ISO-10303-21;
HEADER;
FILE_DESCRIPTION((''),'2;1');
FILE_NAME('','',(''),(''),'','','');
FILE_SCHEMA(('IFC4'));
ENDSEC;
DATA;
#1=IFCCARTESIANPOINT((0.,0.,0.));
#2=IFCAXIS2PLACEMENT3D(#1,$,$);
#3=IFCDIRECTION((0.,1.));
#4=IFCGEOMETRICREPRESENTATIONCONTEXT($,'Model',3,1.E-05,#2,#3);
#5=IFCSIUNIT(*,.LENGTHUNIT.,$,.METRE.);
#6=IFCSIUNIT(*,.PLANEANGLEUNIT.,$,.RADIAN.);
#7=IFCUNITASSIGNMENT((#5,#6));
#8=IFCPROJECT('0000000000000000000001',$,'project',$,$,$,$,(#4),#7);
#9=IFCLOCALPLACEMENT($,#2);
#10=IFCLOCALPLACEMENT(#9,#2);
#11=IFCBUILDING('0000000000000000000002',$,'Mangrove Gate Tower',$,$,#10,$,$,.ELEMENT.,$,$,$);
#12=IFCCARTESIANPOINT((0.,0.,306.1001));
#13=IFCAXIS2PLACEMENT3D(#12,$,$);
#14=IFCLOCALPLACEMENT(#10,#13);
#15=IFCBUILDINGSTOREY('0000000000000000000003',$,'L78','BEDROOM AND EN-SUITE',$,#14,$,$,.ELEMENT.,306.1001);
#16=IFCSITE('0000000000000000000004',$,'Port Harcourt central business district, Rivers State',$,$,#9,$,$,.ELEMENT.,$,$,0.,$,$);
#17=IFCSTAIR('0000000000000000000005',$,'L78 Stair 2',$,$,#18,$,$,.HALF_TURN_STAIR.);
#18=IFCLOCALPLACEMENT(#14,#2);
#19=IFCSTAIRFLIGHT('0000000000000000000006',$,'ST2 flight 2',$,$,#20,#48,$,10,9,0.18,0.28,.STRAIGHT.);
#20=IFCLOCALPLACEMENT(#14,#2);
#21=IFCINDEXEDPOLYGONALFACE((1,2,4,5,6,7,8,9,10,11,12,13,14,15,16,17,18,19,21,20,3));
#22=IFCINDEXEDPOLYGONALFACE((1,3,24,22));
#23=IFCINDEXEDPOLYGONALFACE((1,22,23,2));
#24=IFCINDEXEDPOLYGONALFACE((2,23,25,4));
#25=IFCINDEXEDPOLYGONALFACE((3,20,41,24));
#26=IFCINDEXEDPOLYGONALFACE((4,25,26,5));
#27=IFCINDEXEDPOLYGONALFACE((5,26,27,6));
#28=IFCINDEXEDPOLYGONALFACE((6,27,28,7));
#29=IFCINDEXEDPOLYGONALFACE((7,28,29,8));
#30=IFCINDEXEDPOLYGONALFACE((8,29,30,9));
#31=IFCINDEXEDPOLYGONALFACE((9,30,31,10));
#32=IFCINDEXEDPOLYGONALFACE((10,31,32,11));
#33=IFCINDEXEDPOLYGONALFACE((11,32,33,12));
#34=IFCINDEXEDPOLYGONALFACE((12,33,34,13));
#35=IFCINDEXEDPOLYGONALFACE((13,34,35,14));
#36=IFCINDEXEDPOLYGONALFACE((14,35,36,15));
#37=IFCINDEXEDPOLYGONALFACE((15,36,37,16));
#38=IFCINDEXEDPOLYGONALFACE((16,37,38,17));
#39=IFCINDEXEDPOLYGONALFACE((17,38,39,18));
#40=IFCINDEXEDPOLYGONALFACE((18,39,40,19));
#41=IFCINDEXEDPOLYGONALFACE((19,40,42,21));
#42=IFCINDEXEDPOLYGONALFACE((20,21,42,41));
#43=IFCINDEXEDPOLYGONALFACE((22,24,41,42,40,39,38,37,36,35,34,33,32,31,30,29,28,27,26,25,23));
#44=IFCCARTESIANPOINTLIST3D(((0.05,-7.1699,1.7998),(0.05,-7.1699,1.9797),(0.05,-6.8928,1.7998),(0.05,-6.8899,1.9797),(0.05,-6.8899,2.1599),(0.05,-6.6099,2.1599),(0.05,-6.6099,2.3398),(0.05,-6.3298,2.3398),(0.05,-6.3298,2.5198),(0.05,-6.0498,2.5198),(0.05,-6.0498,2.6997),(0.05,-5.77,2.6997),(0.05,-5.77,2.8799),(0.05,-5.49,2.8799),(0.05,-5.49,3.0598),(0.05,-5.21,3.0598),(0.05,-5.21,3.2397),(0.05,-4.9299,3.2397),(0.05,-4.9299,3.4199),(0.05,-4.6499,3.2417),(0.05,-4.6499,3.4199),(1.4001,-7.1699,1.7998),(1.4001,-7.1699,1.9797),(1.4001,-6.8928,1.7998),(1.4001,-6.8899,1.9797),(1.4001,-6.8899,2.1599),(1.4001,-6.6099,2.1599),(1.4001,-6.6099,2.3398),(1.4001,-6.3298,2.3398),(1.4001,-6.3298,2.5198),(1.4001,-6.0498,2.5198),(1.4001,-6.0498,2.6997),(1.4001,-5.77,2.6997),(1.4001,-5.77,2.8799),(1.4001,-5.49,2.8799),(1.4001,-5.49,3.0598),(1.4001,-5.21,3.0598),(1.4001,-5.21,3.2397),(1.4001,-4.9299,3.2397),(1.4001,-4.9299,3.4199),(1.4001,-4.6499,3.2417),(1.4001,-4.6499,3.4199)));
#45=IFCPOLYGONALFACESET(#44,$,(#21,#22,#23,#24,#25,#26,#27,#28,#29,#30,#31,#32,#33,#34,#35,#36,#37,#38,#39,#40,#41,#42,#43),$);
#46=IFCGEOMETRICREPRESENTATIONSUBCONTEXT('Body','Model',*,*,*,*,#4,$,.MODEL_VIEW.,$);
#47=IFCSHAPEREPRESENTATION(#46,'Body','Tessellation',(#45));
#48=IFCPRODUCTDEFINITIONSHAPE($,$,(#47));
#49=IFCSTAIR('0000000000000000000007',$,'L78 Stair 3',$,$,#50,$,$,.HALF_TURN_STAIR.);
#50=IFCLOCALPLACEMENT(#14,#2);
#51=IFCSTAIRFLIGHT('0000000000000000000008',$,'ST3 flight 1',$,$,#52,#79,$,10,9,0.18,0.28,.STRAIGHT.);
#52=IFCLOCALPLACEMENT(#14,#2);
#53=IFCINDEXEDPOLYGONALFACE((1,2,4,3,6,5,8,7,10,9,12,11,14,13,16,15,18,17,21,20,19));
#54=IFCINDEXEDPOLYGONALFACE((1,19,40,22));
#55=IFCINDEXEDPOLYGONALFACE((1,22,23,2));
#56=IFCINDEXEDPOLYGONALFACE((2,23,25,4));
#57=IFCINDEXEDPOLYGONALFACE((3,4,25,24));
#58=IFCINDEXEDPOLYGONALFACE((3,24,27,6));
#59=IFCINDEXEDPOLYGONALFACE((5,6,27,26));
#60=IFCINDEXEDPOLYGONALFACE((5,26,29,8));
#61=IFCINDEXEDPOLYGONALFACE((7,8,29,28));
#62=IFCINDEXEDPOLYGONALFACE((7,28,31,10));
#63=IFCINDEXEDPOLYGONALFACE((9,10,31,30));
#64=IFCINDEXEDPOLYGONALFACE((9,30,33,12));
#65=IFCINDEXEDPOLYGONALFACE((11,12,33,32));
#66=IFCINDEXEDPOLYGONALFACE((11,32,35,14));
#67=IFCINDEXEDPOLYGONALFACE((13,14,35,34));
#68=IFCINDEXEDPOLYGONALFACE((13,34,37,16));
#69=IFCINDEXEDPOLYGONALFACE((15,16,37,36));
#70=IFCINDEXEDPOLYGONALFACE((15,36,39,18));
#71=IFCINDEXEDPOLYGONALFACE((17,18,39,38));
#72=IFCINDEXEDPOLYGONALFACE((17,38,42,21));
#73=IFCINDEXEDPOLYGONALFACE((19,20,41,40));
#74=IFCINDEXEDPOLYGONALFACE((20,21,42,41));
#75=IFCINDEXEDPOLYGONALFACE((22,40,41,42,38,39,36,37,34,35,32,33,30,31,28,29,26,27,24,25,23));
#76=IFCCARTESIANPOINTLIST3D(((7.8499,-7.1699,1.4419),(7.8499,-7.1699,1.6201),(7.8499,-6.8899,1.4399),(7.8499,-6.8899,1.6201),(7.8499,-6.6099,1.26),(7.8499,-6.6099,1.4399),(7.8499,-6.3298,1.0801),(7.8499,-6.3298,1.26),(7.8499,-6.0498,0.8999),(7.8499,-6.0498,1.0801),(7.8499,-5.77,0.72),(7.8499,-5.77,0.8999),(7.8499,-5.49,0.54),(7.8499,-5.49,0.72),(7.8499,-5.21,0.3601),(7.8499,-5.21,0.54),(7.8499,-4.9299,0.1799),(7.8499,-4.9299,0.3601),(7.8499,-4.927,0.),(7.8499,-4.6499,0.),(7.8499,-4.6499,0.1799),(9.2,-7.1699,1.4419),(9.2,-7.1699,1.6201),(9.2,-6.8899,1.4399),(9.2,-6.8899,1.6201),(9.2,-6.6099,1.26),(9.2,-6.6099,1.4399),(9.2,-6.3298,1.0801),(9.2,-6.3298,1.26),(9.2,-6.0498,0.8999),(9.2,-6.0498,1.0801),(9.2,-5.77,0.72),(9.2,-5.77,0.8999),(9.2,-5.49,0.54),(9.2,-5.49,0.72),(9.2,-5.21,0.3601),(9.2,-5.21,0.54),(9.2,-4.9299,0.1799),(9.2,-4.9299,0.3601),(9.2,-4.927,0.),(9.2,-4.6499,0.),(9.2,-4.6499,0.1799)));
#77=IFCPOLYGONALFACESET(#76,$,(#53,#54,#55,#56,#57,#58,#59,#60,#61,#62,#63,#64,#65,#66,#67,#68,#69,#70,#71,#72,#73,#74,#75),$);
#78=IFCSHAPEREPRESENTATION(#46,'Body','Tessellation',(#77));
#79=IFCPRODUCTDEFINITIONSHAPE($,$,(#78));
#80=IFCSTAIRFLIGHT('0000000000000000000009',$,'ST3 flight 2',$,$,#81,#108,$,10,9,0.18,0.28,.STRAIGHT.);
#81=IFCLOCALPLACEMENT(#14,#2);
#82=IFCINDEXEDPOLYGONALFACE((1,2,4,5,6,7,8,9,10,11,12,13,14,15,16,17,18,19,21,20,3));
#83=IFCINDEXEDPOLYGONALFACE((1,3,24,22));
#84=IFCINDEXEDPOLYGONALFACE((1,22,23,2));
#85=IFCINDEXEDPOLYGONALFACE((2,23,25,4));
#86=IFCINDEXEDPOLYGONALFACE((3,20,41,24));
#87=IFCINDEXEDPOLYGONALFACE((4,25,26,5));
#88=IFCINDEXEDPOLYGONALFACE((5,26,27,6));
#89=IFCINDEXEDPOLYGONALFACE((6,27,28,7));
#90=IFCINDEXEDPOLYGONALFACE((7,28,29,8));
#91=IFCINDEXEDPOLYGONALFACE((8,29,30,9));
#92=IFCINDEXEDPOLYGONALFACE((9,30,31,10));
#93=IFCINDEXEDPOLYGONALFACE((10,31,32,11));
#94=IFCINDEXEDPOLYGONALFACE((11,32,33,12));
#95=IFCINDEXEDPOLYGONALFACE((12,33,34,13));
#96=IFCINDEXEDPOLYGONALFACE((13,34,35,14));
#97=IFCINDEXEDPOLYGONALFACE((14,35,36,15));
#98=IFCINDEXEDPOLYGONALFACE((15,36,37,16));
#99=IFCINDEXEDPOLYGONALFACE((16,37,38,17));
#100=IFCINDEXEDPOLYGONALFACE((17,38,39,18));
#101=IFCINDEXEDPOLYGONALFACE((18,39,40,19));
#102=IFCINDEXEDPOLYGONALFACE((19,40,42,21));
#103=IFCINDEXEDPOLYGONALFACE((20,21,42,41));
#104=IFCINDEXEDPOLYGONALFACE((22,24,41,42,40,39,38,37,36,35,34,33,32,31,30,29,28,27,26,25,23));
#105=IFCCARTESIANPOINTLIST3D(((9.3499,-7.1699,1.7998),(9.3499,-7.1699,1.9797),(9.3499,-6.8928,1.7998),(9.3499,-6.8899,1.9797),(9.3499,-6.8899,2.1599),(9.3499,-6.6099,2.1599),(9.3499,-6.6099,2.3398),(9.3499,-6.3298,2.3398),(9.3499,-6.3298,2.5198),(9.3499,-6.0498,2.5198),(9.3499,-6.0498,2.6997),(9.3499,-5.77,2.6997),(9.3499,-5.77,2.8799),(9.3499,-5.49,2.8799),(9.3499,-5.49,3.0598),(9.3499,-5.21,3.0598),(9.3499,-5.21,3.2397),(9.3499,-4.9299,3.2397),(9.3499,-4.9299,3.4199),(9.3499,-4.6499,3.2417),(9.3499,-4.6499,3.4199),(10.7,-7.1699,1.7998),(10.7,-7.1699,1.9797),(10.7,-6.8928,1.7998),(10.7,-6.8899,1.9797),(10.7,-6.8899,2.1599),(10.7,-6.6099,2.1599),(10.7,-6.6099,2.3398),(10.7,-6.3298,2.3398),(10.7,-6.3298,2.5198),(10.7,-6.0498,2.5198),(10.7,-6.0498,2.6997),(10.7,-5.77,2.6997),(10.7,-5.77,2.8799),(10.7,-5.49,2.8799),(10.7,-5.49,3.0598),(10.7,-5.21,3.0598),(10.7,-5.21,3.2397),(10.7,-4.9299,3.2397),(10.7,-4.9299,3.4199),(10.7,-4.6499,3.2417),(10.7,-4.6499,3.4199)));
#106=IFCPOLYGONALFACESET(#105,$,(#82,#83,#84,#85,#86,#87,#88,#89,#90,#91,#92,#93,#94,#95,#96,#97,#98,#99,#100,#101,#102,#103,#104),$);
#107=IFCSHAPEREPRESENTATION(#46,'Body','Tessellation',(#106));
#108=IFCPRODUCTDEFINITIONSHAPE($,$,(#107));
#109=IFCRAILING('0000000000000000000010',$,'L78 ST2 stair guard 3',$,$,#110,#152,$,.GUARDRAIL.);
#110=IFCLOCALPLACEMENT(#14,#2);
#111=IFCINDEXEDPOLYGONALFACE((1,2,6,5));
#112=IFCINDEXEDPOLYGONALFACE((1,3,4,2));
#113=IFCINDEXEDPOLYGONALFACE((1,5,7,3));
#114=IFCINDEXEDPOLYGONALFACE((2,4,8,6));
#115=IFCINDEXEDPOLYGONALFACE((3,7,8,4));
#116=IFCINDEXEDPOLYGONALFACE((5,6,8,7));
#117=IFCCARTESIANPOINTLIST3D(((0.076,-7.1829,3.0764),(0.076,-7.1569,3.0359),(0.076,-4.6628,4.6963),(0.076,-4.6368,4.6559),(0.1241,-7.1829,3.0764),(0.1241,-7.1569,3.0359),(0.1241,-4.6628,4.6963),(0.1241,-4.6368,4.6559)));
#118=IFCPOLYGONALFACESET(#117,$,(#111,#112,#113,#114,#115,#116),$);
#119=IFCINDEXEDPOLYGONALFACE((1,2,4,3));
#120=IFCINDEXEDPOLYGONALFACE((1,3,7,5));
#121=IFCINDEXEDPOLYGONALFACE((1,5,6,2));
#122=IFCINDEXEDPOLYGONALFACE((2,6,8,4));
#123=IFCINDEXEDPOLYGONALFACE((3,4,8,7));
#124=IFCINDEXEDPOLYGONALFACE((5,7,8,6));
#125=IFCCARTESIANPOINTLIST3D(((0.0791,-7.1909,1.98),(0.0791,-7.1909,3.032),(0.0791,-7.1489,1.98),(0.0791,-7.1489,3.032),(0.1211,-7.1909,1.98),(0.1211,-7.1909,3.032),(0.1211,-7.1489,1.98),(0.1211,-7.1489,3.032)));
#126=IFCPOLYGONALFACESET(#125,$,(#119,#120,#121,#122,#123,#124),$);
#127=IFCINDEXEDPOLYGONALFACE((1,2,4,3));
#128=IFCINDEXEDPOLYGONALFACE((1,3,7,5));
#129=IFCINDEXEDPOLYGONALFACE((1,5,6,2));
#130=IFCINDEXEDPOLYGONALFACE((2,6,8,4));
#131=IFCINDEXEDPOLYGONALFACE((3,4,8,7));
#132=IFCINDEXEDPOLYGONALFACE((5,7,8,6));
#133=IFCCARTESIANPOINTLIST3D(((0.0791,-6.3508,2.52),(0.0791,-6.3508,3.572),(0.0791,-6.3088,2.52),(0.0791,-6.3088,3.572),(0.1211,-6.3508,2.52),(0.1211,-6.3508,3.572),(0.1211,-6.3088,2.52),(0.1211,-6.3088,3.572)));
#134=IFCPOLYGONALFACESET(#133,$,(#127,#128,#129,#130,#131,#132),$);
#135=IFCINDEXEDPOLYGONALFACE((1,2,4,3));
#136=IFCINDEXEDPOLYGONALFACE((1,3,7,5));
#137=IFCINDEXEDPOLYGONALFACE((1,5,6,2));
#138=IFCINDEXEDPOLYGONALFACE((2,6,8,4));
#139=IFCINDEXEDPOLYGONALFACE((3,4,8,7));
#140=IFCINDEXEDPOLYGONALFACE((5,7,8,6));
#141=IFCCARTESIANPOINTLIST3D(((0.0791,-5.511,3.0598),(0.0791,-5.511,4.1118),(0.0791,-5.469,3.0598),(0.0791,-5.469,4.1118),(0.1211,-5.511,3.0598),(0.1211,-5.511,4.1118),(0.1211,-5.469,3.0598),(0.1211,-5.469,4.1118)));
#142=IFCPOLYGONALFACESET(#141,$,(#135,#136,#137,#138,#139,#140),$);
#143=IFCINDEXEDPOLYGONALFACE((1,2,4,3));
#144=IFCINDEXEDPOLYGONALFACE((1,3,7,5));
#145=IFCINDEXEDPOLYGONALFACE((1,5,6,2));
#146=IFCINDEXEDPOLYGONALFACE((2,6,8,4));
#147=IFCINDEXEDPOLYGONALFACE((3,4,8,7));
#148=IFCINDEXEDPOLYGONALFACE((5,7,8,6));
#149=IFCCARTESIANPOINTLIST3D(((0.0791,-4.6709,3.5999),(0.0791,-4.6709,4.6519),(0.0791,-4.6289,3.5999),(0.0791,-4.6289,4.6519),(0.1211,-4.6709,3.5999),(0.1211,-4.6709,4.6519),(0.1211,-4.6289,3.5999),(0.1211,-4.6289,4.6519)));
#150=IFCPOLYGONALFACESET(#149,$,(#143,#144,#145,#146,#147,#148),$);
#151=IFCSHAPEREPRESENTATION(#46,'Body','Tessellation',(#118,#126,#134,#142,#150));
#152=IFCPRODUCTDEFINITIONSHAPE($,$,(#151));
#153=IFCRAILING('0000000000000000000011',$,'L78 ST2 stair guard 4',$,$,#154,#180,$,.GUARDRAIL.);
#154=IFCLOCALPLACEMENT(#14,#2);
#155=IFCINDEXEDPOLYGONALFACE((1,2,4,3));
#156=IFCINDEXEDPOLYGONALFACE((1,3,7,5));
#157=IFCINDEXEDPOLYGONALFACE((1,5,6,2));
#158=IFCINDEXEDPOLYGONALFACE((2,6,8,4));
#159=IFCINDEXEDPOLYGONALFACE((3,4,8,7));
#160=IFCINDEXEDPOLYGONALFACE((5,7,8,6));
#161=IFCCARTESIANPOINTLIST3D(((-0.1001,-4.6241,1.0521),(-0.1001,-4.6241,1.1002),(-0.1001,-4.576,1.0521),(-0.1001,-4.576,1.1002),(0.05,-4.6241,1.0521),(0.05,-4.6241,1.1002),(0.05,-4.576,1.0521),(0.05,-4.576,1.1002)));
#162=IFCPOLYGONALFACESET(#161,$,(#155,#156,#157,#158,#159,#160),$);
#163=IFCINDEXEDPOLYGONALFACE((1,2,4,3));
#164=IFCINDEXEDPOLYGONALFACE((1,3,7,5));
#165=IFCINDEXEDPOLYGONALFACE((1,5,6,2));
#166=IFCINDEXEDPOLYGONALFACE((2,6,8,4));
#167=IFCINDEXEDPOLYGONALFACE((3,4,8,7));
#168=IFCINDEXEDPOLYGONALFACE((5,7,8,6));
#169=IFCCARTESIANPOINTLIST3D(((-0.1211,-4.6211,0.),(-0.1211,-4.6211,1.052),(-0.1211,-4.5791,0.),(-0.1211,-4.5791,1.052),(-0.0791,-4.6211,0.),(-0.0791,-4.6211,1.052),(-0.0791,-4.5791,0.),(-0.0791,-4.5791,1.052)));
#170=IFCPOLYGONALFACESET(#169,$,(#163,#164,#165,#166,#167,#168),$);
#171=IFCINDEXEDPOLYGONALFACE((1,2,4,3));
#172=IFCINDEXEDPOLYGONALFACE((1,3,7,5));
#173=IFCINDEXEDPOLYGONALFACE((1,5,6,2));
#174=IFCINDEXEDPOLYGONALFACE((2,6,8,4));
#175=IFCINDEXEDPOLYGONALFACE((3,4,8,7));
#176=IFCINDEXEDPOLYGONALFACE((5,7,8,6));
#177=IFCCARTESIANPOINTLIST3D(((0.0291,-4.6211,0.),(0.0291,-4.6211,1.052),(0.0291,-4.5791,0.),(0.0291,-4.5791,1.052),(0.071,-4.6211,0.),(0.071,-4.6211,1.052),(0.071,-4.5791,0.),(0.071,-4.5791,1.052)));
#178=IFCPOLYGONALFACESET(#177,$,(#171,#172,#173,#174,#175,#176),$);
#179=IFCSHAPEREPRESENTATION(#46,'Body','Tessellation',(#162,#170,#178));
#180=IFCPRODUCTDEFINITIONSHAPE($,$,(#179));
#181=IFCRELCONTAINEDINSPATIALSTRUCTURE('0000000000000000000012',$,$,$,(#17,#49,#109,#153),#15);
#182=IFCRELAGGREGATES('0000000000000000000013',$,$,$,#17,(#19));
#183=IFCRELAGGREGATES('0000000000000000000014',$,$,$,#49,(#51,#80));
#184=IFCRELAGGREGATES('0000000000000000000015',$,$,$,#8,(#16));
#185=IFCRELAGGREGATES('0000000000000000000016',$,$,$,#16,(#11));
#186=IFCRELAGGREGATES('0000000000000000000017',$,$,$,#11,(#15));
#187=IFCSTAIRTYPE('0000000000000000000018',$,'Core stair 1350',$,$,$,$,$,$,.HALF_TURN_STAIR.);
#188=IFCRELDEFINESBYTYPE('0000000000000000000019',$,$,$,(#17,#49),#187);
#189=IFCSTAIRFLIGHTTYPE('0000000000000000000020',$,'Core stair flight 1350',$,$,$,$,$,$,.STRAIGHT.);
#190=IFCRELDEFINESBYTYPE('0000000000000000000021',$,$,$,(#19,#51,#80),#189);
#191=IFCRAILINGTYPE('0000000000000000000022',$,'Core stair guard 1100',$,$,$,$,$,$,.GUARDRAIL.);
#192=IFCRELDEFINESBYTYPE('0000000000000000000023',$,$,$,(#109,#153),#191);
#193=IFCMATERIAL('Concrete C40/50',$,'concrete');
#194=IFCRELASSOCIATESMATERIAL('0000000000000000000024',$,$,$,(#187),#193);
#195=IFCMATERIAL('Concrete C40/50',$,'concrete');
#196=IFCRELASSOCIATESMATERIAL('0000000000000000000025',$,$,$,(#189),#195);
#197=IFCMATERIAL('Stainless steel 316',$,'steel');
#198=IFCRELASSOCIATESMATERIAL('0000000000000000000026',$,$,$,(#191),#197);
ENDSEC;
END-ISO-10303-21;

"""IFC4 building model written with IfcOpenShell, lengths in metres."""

from ifc_helpers import new_model, si_unit, direction, frame, origin, origin_2d, place, context, subcontext, project, spatial, polyline, rectangle, outline, extrude, material, type_object, element, aggregate, save


model = new_model("IFC4")

# Units and contexts
model_context = context("Model", 3, precision=1e-05, world=origin(), true_north=direction((0.0, 1.0)))
body_context = subcontext(model_context, "Body", "Model", "MODEL_VIEW")
ifc_project = project(units=[si_unit("LENGTHUNIT", "METRE"), si_unit("PLANEANGLEUNIT", "RADIAN")], contexts=[model_context])

# Site, building, storey
site_placement = place(None, origin())
site = spatial("IfcSite", under=ifc_project, at=site_placement, Name="Port Harcourt central business district, Rivers State", CompositionType="ELEMENT", RefElevation=0.0)
building_placement = place(site_placement, origin())
building = spatial("IfcBuilding", under=site, at=building_placement, Name="Mangrove Gate Tower", CompositionType="ELEMENT")
storey_placement = place(building_placement, frame((0.0, 0.0, 306.1001)))
storey = spatial("IfcBuildingStorey", under=building, at=storey_placement, Name="L78", Description="BEDROOM AND EN-SUITE", CompositionType="ELEMENT", Elevation=306.1001)

# Stair, stair flight
ifc_material_1 = material(Name="Concrete C40/50", Category="concrete")
stair_type = type_object("IfcStairType", Name="Core stair 1350", PredefinedType="HALF_TURN_STAIR", material=ifc_material_1)
stair_1_placement = place(storey_placement, origin())
stair_1 = element("IfcStair", 1, at=stair_1_placement, inside=storey, type_object=stair_type, Name="L78 Stair 2", PredefinedType="HALF_TURN_STAIR")
ifc_material_2 = material(Name="Concrete C40/50", Category="concrete")
stair_flight_type = type_object("IfcStairFlightType", Name="Core stair flight 1350", PredefinedType="STRAIGHT", material=ifc_material_2)
stair_flight_1_placement = place(storey_placement, frame((0.7251, -7.1699, 1.7998), z_axis=(0.0, 0.0, 1.0), x_axis=(0.0, 1.0, 0.0)))
stair_flight_1 = element("IfcStairFlight", 2, at=stair_flight_1_placement, type_object=stair_flight_type, Name="ST2 flight 2", NumberOfRisers=10, NumberOfTreads=9, PredefinedType="STRAIGHT", RiserHeight=0.18, TreadLength=0.28, context=body_context, shape_type="SweptSolid", body=[
    extrude(outline(polyline([(0.0, 0.0), (0.0, 0.1799), (0.28, 0.1799), (0.28, 0.3601), (0.5601, 0.3601), (0.5601, 0.54), (0.8401, 0.54), (0.8401, 0.72), (1.1201, 0.72), (1.1201, 0.8999), (1.3999, 0.8999), (1.3999, 1.0801), (1.6799, 1.0801), (1.6799, 1.26), (1.96, 1.26), (1.96, 1.4399), (2.24, 1.4399), (2.24, 1.6201), (2.52, 1.6201), (2.52, 1.8), (2.52, 1.4419), (0.2771, 0.0), (0.0, 0.0)])), frame((0.0, 0.675, 0.0), z_axis=(0.0, -1.0, 0.0), x_axis=(1.0, 0.0, 0.0)), (0.0, 0.0, 1.0), 1.3501),
])
aggregate(stair_1, [stair_flight_1])

# Stair, stair flights
stair_2_placement = place(storey_placement, origin())
stair_2 = element("IfcStair", 3, at=stair_2_placement, inside=storey, type_object=stair_type, Name="L78 Stair 3", PredefinedType="HALF_TURN_STAIR")
stair_flight_2_placement = place(storey_placement, frame((8.5249, -4.6499, 0.0), z_axis=(0.0, 0.0, 1.0), x_axis=(0.0, -1.0, 0.0)))
stair_flight_2 = element("IfcStairFlight", 4, at=stair_flight_2_placement, type_object=stair_flight_type, Name="ST3 flight 1", NumberOfRisers=10, NumberOfTreads=9, PredefinedType="STRAIGHT", RiserHeight=0.18, TreadLength=0.28, context=body_context, shape_type="SweptSolid", body=[
    extrude(outline(polyline([(0.0, 0.0), (0.0, 0.1799), (0.28, 0.1799), (0.28, 0.3601), (0.5601, 0.3601), (0.5601, 0.54), (0.8401, 0.54), (0.8401, 0.72), (1.1201, 0.72), (1.1201, 0.8999), (1.3999, 0.8999), (1.3999, 1.0801), (1.6799, 1.0801), (1.6799, 1.26), (1.96, 1.26), (1.96, 1.4399), (2.24, 1.4399), (2.24, 1.6201), (2.52, 1.6201), (2.52, 1.8), (2.52, 1.4419), (0.2771, 0.0), (0.0, 0.0)])), frame((0.0, 0.675, 0.0), z_axis=(0.0, -1.0, 0.0), x_axis=(1.0, 0.0, 0.0)), (0.0, 0.0, 1.0), 1.3501),
])
stair_flight_3_placement = place(storey_placement, frame((10.0249, -7.1699, 1.7998), z_axis=(0.0, 0.0, 1.0), x_axis=(0.0, 1.0, 0.0)))
stair_flight_3 = element("IfcStairFlight", 5, at=stair_flight_3_placement, type_object=stair_flight_type, Name="ST3 flight 2", NumberOfRisers=10, NumberOfTreads=9, PredefinedType="STRAIGHT", RiserHeight=0.18, TreadLength=0.28, context=body_context, shape_type="SweptSolid", body=[
    extrude(outline(polyline([(0.0, 0.0), (0.0, 0.1799), (0.28, 0.1799), (0.28, 0.3601), (0.5601, 0.3601), (0.5601, 0.54), (0.8401, 0.54), (0.8401, 0.72), (1.1201, 0.72), (1.1201, 0.8999), (1.3999, 0.8999), (1.3999, 1.0801), (1.6799, 1.0801), (1.6799, 1.26), (1.96, 1.26), (1.96, 1.4399), (2.24, 1.4399), (2.24, 1.6201), (2.52, 1.6201), (2.52, 1.8), (2.52, 1.4419), (0.2771, 0.0), (0.0, 0.0)])), frame((0.0, 0.675, 0.0), z_axis=(0.0, -1.0, 0.0), x_axis=(1.0, 0.0, 0.0)), (0.0, 0.0, 1.0), 1.3501),
])
aggregate(stair_2, [stair_flight_2, stair_flight_3])

# Railings
ifc_material_3 = material(Name="Stainless steel 316", Category="steel")
railing_type_1 = type_object("IfcRailingType", Name="Core stair guard 1100", PredefinedType="GUARDRAIL", material=ifc_material_3)
railing_1_placement = place(storey_placement, frame((0.1001, -7.1699, 1.98)))
element("IfcRailing", 6, at=railing_1_placement, inside=storey, type_object=railing_type_1, Name="L78 ST2 stair guard 3", PredefinedType="GUARDRAIL", context=body_context, shape_type="SweptSolid", body=[
    extrude(rectangle(XDim=0.0481, YDim=0.0481, at=origin_2d()), frame((0.0, 0.0, 1.0762), z_axis=(0.0, 0.8412, 0.540725), x_axis=(-1.0, 0.0, 0.0)), (0.0, 0.0, 1.0), 2.9958),
    extrude(rectangle(XDim=0.042, YDim=0.042, at=origin_2d()), origin(), (0.0, 0.0, 1.0), 1.052),
    extrude(rectangle(XDim=0.042, YDim=0.042, at=origin_2d()), frame((0.0, 0.8401, 0.54)), (0.0, 0.0, 1.0), 1.052),
    extrude(rectangle(XDim=0.042, YDim=0.042, at=origin_2d()), frame((0.0, 1.6799, 1.0798)), (0.0, 0.0, 1.0), 1.052),
    extrude(rectangle(XDim=0.042, YDim=0.042, at=origin_2d()), frame((0.0, 2.52, 1.6199)), (0.0, 0.0, 1.0), 1.052),
])
railing_2_placement = place(storey_placement, frame((-0.1001, -4.6001, 0.0)))
element("IfcRailing", 7, at=railing_2_placement, inside=storey, type_object=railing_type_1, Name="L78 ST2 stair guard 4", PredefinedType="GUARDRAIL", context=body_context, shape_type="SweptSolid", body=[
    extrude(rectangle(XDim=0.0481, YDim=0.0481, at=origin_2d()), frame((0.0, 0.0, 1.0762), z_axis=(1.0, 0.0, 0.0), x_axis=(0.0, 1.0, 0.0)), (0.0, 0.0, 1.0), 0.1501),
    extrude(rectangle(XDim=0.042, YDim=0.042, at=origin_2d()), origin(), (0.0, 0.0, 1.0), 1.052),
    extrude(rectangle(XDim=0.042, YDim=0.042, at=origin_2d()), frame((0.1501, 0.0, 0.0)), (0.0, 0.0, 1.0), 1.052),
])

save(model, "model.ifc")
